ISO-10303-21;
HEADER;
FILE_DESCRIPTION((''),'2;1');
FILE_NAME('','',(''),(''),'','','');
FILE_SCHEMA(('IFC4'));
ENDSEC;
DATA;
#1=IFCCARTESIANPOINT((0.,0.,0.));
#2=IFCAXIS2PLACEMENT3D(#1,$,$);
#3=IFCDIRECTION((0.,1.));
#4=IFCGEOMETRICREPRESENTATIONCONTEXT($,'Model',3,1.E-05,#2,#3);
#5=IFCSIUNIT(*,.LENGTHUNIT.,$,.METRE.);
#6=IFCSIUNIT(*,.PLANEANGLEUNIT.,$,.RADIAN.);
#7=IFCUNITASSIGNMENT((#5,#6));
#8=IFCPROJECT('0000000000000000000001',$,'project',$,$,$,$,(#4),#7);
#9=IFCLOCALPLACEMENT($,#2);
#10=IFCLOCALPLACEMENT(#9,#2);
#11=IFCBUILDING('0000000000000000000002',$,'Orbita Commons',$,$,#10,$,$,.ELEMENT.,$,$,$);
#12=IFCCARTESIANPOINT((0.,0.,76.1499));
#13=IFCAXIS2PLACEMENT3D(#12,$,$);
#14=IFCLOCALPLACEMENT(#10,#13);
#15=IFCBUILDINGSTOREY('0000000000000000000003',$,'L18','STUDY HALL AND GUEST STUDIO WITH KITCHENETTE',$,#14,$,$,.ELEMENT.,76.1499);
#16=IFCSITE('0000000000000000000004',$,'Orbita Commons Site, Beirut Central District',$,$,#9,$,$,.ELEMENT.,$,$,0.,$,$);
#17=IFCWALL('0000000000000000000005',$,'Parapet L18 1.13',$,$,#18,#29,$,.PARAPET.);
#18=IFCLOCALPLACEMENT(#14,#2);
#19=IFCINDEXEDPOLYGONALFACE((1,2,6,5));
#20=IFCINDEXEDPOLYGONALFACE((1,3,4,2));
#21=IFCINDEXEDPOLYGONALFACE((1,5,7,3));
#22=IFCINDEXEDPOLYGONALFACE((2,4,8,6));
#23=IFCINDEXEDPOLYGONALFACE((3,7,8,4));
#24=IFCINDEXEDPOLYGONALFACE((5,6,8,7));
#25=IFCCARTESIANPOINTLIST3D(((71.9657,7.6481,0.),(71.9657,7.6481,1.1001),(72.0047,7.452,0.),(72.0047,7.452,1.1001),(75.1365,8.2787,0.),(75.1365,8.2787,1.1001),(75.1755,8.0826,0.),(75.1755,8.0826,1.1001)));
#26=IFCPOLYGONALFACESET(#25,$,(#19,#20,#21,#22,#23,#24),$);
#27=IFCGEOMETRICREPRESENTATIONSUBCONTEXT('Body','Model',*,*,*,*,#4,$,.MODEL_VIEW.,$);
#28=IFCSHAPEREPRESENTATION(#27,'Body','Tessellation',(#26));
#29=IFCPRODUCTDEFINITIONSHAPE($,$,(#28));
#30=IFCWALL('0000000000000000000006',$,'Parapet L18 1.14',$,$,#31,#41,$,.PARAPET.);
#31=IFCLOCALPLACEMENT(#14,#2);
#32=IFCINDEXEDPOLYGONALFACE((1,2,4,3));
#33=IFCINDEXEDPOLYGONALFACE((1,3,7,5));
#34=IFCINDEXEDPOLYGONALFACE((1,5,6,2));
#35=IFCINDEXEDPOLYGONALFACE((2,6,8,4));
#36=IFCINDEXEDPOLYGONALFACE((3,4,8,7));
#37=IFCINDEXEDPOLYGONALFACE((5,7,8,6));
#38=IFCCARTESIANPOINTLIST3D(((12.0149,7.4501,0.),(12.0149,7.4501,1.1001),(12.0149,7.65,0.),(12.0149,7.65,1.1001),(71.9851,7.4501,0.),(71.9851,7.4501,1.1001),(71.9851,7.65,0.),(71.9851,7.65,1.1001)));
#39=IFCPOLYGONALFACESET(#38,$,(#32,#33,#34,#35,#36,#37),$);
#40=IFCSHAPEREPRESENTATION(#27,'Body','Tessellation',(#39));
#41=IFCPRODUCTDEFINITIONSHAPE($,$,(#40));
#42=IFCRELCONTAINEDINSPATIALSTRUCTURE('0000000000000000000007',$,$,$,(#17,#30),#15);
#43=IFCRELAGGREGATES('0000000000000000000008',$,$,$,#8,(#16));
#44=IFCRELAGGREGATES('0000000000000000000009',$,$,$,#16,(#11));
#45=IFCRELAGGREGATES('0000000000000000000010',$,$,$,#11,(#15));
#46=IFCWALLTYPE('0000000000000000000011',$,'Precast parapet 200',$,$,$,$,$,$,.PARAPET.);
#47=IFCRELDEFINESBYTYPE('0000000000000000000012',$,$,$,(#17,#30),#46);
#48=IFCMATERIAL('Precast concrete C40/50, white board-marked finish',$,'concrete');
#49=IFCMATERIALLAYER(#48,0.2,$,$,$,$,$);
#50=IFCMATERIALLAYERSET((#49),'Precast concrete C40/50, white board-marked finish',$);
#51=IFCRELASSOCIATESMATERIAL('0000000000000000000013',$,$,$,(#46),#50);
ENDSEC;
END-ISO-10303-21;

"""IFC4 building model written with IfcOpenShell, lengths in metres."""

from ifc_helpers import new_model, si_unit, direction, frame, frame_2d, origin, place, context, subcontext, project, spatial, rectangle, extrude, material, layer, layer_set, type_object, element, save


model = new_model("IFC4")

# Units and contexts
model_context = context("Model", 3, precision=1e-05, world=origin(), true_north=direction((0.0, 1.0)))
body_context = subcontext(model_context, "Body", "Model", "MODEL_VIEW")
ifc_project = project(units=[si_unit("LENGTHUNIT", "METRE"), si_unit("PLANEANGLEUNIT", "RADIAN")], contexts=[model_context])

# Site, building, storey
site_placement = place(None, origin())
site = spatial("IfcSite", under=ifc_project, at=site_placement, Name="Orbita Commons Site, Beirut Central District", CompositionType="ELEMENT", RefElevation=0.0)
building_placement = place(site_placement, origin())
building = spatial("IfcBuilding", under=site, at=building_placement, Name="Orbita Commons", CompositionType="ELEMENT")
storey_placement = place(building_placement, frame((0.0, 0.0, 76.1499)))
storey = spatial("IfcBuildingStorey", under=building, at=storey_placement, Name="L18", Description="STUDY HALL AND GUEST STUDIO WITH KITCHENETTE", CompositionType="ELEMENT", Elevation=76.1499)

# Walls
ifc_material_1 = material(Name="Precast concrete C40/50, white board-marked finish", Category="concrete")
ifc_layer_1 = layer(ifc_material_1, 0.2)
ifc_layer_set_1 = layer_set([ifc_layer_1], Name="Precast concrete C40/50, white board-marked finish")
wall_type_1 = type_object("IfcWallType", Name="Precast parapet 200", PredefinedType="PARAPET", material=ifc_layer_set_1)
wall_1_placement = place(storey_placement, frame((75.156, 8.1807, 0.0), z_axis=(0.0, 0.0, 1.0), x_axis=(-0.980792, -0.195056, 0.0)))
element("IfcWall", 1, at=wall_1_placement, inside=storey, type_object=wall_type_1, Name="Parapet L18 1.13", PredefinedType="PARAPET", context=body_context, shape_type="SweptSolid", body=[
    extrude(rectangle(XDim=3.2329, YDim=0.2, at=frame_2d((1.6165, 0.0))), origin(), (0.0, 0.0, 1.0), 1.1001),
])
wall_2_placement = place(storey_placement, frame((71.9851, 7.55, 0.0), z_axis=(0.0, 0.0, 1.0), x_axis=(-1.0, 0.0, 0.0)))
element("IfcWall", 2, at=wall_2_placement, inside=storey, type_object=wall_type_1, Name="Parapet L18 1.14", PredefinedType="PARAPET", context=body_context, shape_type="SweptSolid", body=[
    extrude(rectangle(XDim=59.9702, YDim=0.2, at=frame_2d((29.9851, 0.0))), origin(), (0.0, 0.0, 1.0), 1.1001),
])

save(model, "model.ifc")
